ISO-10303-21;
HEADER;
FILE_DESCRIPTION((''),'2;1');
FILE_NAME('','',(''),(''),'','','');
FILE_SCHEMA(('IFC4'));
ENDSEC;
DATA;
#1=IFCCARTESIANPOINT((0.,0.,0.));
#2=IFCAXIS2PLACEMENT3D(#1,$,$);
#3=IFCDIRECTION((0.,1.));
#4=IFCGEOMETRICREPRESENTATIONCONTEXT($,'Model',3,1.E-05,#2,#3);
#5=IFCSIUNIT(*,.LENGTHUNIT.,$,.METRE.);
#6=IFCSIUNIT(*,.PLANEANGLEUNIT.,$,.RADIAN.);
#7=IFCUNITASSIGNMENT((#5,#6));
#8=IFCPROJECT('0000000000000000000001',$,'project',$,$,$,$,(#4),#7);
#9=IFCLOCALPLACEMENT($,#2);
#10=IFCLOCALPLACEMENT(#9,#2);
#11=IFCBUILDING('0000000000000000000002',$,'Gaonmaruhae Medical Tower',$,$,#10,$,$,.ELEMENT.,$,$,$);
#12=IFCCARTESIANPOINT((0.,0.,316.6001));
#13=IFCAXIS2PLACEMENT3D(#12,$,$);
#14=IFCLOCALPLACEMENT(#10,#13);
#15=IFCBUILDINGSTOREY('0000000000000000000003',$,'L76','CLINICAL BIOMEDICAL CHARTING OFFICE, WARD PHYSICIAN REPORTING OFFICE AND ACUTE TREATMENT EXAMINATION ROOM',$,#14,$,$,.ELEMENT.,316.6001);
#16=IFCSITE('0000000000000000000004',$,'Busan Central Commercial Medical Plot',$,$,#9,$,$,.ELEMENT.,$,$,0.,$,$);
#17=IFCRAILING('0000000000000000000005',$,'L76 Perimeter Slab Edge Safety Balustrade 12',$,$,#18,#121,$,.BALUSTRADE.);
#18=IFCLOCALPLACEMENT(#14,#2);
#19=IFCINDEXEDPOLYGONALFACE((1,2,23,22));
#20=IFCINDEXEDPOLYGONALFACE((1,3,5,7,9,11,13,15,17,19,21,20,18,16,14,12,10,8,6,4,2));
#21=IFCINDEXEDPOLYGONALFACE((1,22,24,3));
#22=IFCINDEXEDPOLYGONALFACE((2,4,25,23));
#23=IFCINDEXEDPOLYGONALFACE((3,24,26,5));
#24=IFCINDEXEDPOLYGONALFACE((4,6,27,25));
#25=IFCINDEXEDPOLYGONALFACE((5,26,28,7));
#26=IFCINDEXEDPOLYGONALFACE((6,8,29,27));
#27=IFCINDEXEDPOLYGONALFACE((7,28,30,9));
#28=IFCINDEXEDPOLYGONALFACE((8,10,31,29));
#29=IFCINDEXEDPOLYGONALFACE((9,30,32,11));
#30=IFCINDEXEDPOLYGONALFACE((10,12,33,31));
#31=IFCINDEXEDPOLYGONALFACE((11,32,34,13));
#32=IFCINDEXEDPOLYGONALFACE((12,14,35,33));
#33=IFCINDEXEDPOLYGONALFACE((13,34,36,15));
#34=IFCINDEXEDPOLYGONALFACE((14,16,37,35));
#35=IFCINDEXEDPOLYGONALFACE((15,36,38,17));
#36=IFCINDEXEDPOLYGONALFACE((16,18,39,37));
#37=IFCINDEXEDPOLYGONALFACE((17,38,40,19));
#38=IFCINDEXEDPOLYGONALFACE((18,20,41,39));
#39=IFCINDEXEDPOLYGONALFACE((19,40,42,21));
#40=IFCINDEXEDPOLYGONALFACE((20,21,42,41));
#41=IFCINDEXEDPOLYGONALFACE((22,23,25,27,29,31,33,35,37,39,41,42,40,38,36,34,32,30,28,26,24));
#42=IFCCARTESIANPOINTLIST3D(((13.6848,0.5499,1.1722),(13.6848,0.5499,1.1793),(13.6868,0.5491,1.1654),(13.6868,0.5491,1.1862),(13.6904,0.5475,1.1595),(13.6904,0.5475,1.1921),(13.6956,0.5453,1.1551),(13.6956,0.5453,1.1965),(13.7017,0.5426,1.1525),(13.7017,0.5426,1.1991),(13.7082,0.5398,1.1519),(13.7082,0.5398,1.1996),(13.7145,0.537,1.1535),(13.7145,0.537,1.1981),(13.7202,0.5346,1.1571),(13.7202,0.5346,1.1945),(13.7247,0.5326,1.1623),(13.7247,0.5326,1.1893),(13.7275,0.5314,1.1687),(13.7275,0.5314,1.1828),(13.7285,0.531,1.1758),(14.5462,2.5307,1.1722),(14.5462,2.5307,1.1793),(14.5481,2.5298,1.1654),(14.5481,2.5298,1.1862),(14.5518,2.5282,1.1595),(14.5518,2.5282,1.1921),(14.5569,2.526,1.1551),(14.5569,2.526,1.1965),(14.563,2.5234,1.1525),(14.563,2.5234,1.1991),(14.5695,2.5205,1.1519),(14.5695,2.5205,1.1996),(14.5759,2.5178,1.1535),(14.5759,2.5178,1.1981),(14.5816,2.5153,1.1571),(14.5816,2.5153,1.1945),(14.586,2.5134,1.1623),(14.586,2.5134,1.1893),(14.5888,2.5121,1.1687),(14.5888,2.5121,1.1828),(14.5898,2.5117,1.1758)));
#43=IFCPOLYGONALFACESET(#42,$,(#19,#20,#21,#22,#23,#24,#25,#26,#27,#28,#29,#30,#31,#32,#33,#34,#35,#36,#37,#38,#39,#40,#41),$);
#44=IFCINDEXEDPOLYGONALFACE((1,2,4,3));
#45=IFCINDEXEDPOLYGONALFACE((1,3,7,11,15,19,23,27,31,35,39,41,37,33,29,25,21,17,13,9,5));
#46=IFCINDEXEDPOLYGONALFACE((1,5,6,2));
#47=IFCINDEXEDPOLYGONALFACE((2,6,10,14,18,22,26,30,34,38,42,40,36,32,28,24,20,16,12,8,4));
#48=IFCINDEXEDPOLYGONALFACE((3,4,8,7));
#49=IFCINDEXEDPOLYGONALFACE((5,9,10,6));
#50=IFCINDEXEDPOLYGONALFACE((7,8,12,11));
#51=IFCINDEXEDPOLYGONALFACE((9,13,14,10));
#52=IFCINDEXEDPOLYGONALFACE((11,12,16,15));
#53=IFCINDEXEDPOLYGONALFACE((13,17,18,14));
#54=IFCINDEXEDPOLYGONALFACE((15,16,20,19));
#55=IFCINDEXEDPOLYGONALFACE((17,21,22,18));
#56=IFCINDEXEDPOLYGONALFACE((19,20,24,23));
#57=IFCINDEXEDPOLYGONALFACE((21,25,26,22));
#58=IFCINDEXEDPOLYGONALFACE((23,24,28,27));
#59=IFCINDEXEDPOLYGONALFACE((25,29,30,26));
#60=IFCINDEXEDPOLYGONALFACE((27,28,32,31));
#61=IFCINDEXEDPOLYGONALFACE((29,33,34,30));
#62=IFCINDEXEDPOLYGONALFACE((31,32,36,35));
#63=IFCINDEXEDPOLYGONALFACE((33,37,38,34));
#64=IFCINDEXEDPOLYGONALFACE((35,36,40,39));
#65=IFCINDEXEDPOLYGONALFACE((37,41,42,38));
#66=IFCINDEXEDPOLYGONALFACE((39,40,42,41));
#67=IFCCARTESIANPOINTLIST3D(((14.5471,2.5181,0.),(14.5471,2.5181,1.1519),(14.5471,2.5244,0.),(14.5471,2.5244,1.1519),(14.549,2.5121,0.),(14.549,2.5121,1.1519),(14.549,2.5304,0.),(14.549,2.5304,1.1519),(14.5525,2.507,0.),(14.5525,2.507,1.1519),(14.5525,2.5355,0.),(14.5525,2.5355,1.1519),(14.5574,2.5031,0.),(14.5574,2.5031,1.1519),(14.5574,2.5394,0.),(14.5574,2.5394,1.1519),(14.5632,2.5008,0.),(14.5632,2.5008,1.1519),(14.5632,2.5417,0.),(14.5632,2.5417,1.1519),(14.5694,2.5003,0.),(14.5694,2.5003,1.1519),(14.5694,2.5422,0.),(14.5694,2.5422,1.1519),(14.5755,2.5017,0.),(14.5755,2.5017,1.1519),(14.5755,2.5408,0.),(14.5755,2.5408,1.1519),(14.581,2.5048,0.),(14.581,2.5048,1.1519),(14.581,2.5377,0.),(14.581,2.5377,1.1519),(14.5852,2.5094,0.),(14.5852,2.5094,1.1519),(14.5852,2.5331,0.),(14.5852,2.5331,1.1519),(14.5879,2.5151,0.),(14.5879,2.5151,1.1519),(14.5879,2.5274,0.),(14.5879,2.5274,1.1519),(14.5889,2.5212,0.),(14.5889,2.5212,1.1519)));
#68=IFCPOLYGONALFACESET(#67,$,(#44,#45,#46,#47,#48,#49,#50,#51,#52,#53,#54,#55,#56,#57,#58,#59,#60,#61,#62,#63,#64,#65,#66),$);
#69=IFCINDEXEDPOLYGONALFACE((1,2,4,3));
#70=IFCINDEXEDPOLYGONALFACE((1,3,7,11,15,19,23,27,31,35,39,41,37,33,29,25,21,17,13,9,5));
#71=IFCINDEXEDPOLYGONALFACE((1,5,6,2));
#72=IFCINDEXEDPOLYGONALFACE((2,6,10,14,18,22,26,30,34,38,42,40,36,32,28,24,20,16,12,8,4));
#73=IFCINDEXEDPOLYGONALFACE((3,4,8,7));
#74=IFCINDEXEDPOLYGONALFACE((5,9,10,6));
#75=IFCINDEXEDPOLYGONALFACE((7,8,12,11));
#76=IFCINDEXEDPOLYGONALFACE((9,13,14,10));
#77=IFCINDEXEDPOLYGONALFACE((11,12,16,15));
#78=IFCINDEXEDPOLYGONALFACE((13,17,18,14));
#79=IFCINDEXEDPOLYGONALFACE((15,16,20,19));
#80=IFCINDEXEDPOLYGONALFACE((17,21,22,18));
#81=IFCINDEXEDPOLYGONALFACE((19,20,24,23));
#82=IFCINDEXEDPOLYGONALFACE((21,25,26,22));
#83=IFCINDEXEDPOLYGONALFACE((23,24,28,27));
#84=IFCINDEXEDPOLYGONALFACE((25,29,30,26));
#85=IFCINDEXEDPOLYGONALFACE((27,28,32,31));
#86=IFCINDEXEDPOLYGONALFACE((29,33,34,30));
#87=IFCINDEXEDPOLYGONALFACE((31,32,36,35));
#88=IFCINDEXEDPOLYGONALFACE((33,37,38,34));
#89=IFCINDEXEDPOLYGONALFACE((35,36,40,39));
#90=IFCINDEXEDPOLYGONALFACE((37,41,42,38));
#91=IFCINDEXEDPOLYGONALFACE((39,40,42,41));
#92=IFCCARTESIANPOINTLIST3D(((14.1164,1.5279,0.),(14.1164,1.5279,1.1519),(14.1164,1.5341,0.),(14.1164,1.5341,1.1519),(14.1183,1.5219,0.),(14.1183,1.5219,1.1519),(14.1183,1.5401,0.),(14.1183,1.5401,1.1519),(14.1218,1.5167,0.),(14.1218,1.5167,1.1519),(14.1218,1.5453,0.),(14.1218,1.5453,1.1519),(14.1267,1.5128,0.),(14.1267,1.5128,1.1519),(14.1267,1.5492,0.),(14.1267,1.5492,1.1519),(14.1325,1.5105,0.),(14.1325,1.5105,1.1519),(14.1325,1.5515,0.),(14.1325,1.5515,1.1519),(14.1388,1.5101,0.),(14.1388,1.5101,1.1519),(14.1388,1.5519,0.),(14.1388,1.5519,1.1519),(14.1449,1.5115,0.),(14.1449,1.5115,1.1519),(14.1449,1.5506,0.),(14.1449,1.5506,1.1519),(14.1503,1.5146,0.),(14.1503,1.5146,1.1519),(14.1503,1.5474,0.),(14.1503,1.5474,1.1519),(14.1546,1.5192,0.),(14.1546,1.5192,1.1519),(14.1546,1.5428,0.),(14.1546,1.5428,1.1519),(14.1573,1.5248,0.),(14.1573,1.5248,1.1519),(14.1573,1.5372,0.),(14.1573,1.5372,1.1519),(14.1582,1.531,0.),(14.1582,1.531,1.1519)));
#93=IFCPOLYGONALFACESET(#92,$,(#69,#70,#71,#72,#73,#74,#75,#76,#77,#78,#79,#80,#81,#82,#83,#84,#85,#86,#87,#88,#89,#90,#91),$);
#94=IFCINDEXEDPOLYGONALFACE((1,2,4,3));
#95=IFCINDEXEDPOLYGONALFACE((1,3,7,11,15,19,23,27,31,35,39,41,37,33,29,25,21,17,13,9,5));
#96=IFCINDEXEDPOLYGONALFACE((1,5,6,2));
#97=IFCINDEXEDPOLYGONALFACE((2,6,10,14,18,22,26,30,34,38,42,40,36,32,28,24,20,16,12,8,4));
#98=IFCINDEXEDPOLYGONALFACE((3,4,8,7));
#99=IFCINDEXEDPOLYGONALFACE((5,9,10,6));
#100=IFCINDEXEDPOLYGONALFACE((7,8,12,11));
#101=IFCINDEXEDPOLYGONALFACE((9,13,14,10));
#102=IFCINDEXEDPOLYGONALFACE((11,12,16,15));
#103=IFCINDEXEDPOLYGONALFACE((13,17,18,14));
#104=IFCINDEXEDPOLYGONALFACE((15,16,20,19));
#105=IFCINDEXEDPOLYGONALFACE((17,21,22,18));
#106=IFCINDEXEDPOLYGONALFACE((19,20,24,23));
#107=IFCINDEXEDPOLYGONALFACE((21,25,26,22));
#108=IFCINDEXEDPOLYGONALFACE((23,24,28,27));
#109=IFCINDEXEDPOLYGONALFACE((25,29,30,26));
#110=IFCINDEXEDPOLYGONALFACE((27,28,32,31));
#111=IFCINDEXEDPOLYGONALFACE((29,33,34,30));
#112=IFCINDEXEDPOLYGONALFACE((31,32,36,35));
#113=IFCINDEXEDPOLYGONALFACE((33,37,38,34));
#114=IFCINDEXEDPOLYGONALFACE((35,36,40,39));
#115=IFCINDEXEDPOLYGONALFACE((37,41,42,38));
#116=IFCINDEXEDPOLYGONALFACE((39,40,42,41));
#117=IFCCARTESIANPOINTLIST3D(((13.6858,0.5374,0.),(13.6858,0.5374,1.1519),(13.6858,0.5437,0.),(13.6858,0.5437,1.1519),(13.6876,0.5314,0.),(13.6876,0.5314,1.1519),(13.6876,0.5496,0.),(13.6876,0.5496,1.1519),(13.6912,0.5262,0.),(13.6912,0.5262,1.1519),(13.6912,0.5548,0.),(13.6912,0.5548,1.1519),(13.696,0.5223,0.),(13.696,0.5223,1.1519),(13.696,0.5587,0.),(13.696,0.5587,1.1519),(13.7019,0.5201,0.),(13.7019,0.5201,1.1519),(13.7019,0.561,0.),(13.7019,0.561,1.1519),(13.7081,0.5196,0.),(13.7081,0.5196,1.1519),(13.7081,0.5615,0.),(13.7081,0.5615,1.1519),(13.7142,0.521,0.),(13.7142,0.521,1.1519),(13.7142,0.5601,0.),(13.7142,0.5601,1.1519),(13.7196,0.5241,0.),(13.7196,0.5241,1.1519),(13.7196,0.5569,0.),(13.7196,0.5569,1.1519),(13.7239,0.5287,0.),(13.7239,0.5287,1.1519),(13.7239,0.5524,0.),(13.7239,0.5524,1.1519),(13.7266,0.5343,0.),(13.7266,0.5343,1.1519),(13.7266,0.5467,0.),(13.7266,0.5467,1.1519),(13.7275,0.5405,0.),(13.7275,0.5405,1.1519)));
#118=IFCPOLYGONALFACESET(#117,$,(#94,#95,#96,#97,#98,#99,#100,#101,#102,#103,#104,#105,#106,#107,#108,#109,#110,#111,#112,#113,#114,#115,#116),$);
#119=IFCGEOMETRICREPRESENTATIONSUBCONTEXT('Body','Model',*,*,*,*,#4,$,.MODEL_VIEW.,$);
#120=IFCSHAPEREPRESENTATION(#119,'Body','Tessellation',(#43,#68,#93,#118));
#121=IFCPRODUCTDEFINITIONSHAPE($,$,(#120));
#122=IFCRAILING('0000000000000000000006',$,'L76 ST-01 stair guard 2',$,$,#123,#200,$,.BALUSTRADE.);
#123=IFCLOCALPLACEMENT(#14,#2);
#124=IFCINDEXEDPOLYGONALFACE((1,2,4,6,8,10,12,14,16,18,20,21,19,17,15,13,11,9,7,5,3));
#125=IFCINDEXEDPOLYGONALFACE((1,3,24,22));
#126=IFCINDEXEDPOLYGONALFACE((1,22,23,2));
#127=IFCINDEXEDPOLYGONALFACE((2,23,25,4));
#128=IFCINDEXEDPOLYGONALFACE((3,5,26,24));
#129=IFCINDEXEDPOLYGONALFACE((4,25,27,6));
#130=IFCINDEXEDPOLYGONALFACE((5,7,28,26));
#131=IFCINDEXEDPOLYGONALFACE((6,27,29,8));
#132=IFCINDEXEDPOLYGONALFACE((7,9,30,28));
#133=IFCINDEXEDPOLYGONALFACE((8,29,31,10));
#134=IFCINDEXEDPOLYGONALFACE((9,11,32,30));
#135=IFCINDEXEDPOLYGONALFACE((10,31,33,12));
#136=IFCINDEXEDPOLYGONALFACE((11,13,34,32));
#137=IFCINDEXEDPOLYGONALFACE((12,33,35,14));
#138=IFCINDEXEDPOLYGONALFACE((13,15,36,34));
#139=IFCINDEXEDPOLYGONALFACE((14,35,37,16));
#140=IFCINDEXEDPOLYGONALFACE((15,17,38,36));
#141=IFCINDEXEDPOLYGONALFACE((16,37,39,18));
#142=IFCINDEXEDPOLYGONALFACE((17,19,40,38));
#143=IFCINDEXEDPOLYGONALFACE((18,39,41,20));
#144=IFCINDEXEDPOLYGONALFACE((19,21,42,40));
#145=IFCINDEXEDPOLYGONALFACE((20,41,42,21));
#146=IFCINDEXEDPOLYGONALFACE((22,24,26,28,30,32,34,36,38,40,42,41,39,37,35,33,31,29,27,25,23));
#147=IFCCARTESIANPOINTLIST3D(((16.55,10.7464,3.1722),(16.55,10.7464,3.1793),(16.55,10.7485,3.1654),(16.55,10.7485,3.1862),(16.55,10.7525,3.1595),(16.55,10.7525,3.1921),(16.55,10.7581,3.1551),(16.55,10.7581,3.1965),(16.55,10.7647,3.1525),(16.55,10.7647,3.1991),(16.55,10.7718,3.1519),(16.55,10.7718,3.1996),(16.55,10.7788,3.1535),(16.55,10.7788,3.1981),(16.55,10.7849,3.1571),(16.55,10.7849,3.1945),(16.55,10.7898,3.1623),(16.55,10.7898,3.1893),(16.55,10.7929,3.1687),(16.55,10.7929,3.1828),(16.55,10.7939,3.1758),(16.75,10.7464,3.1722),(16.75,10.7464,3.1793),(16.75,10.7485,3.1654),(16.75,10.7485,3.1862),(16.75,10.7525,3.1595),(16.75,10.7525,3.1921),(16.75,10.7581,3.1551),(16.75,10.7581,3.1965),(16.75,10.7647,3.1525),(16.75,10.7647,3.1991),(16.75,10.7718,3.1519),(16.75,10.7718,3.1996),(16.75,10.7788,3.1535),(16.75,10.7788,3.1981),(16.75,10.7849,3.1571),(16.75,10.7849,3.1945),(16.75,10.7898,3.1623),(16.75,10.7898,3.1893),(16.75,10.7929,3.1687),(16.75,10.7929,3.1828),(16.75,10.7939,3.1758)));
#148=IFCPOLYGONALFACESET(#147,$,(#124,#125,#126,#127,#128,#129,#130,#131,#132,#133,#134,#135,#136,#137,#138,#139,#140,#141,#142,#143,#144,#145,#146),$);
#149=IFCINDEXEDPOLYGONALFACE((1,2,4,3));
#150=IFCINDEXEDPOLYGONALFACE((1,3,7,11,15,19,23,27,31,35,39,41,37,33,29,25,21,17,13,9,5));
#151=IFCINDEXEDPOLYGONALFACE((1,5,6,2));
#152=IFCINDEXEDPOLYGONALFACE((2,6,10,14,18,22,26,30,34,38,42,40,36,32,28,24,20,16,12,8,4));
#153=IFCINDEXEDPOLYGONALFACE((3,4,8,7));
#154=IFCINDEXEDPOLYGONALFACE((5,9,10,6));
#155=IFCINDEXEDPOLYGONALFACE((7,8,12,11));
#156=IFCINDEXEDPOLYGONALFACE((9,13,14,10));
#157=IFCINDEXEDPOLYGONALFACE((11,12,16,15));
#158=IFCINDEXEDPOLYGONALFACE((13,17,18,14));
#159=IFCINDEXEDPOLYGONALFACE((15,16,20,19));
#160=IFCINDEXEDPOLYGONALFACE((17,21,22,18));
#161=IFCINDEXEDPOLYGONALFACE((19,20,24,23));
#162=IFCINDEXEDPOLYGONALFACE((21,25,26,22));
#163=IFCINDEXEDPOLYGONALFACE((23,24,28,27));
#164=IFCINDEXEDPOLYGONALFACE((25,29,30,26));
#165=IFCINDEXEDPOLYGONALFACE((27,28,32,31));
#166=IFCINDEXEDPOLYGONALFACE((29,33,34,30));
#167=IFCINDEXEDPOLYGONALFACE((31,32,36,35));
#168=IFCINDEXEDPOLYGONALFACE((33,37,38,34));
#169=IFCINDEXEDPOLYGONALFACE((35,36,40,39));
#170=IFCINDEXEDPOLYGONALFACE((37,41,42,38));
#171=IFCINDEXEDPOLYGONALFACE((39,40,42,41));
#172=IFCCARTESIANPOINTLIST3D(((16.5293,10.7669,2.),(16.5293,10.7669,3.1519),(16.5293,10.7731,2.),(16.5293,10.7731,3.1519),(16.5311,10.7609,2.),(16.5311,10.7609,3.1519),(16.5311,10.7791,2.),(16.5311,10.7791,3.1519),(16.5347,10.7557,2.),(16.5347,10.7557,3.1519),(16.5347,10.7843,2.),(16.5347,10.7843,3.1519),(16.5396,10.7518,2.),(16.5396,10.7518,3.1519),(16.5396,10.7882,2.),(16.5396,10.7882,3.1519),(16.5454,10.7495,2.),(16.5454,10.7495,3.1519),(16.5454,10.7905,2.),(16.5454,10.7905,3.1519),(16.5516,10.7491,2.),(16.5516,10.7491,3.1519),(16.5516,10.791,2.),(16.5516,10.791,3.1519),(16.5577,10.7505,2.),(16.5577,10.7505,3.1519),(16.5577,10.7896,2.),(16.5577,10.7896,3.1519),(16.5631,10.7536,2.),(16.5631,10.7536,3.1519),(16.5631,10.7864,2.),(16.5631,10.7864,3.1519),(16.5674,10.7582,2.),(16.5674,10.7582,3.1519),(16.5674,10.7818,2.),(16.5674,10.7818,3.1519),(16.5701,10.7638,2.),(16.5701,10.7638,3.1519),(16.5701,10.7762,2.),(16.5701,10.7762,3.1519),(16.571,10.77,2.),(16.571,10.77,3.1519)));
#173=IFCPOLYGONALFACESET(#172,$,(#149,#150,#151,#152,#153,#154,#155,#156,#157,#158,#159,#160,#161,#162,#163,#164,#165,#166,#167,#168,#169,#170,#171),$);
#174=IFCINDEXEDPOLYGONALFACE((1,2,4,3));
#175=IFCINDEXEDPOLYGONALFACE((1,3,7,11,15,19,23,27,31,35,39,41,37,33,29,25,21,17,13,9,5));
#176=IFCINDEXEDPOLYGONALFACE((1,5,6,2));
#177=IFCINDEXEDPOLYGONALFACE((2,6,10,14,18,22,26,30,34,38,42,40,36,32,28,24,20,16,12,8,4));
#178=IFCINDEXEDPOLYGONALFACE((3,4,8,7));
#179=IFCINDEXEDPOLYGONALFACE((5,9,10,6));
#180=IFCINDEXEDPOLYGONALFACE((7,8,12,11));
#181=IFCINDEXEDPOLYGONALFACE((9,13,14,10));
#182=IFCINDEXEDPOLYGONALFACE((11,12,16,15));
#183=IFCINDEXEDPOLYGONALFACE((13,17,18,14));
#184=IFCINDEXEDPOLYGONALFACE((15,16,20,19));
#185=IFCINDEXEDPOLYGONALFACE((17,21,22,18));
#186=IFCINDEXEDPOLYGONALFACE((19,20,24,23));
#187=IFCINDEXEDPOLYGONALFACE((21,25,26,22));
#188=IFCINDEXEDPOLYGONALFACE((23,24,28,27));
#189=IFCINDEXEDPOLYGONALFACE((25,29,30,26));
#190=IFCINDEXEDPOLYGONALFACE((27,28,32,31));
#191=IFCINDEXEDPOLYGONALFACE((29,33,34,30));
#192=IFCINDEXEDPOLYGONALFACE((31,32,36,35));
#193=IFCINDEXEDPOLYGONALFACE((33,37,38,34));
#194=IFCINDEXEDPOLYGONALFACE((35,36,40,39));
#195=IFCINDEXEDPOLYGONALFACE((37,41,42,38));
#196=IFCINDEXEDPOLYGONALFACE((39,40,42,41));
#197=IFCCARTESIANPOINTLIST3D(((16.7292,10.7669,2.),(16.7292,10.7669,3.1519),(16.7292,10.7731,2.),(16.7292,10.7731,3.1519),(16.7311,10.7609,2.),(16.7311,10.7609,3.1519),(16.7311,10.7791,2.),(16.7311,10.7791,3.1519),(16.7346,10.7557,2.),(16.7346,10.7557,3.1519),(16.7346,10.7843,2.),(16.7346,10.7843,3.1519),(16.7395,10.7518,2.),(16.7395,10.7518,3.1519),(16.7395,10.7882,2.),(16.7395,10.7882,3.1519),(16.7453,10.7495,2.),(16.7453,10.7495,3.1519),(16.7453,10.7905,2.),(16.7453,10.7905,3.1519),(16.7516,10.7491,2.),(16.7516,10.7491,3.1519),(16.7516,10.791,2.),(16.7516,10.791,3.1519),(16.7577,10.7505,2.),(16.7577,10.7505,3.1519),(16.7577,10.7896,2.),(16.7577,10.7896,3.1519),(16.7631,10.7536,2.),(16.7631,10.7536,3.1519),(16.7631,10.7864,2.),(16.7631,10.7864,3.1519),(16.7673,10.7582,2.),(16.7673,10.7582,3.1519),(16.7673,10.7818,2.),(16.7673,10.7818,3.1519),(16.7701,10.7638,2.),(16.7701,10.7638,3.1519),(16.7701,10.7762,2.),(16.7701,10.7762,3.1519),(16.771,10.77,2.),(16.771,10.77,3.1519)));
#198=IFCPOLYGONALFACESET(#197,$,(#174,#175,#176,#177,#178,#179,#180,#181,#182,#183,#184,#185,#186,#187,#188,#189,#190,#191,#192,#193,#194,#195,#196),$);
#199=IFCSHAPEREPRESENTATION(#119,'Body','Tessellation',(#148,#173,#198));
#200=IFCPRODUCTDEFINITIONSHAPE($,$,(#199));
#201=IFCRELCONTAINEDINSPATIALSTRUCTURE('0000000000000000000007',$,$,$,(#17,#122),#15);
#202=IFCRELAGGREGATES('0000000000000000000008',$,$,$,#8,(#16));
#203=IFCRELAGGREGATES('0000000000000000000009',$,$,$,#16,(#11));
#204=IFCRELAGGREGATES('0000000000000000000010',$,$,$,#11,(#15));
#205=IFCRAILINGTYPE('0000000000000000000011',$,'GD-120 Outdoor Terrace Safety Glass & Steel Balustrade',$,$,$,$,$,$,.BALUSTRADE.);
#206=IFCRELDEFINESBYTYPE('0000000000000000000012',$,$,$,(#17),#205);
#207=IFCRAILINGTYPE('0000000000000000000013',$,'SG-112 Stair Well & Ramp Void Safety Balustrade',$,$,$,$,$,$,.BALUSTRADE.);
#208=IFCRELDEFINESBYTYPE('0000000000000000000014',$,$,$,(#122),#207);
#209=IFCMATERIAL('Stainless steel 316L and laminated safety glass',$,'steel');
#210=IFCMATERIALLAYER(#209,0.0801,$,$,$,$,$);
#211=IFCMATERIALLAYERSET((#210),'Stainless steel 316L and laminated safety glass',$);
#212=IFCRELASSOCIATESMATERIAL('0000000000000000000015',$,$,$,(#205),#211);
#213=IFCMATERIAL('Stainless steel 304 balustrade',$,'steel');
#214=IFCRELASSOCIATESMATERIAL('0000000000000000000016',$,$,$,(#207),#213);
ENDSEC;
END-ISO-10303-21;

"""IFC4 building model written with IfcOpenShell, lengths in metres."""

from ifc_helpers import new_model, si_unit, direction, frame, origin, origin_2d, place, context, subcontext, project, spatial, circle, extrude, material, layer, layer_set, type_object, element, save


model = new_model("IFC4")

# Units and contexts
model_context = context("Model", 3, precision=1e-05, world=origin(), true_north=direction((0.0, 1.0)))
body_context = subcontext(model_context, "Body", "Model", "MODEL_VIEW")
ifc_project = project(units=[si_unit("LENGTHUNIT", "METRE"), si_unit("PLANEANGLEUNIT", "RADIAN")], contexts=[model_context])

# Site, building, storey
site_placement = place(None, origin())
site = spatial("IfcSite", under=ifc_project, at=site_placement, Name="Busan Central Commercial Medical Plot", CompositionType="ELEMENT", RefElevation=0.0)
building_placement = place(site_placement, origin())
building = spatial("IfcBuilding", under=site, at=building_placement, Name="Gaonmaruhae Medical Tower", CompositionType="ELEMENT")
storey_placement = place(building_placement, frame((0.0, 0.0, 316.6001)))
storey = spatial("IfcBuildingStorey", under=building, at=storey_placement, Name="L76", Description="CLINICAL BIOMEDICAL CHARTING OFFICE, WARD PHYSICIAN REPORTING OFFICE AND ACUTE TREATMENT EXAMINATION ROOM", CompositionType="ELEMENT", Elevation=316.6001)

# Railings
ifc_material_1 = material(Name="Stainless steel 316L and laminated safety glass", Category="steel")
ifc_layer_1 = layer(ifc_material_1, 0.0801)
ifc_layer_set_1 = layer_set([ifc_layer_1], Name="Stainless steel 316L and laminated safety glass")
railing_type_1 = type_object("IfcRailingType", Name="GD-120 Outdoor Terrace Safety Glass & Steel Balustrade", PredefinedType="BALUSTRADE", material=ifc_layer_set_1)
railing_1_placement = place(storey_placement, frame((14.5679, 2.5212, 0.0)))
element("IfcRailing", 1, at=railing_1_placement, inside=storey, type_object=railing_type_1, Name="L76 Perimeter Slab Edge Safety Balustrade 12", PredefinedType="BALUSTRADE", context=body_context, shape_type="SweptSolid", body=[
    extrude(circle(Radius=0.0239, at=origin_2d()), frame((0.0, 0.0, 1.1758), z_axis=(-0.398784, -0.917045, 0.0), x_axis=(0.917045, -0.398784, 0.0)), (0.0, 0.0, 1.0), 2.1599),
    extrude(circle(Radius=0.021, at=origin_2d()), origin(), (0.0, 0.0, 1.0), 1.1519),
    extrude(circle(Radius=0.021, at=origin_2d()), frame((-0.4307, -0.9902, 0.0)), (0.0, 0.0, 1.0), 1.1519),
    extrude(circle(Radius=0.021, at=origin_2d()), frame((-0.8613, -1.9807, 0.0)), (0.0, 0.0, 1.0), 1.1519),
])
ifc_material_2 = material(Name="Stainless steel 304 balustrade", Category="steel")
railing_type_2 = type_object("IfcRailingType", Name="SG-112 Stair Well & Ramp Void Safety Balustrade", PredefinedType="BALUSTRADE", material=ifc_material_2)
railing_2_placement = place(storey_placement, frame((16.55, 10.77, 2.0)))
element("IfcRailing", 2, at=railing_2_placement, inside=storey, type_object=railing_type_2, Name="L76 ST-01 stair guard 2", PredefinedType="BALUSTRADE", context=body_context, shape_type="SweptSolid", body=[
    extrude(circle(Radius=0.0239, at=origin_2d()), frame((0.0, 0.0, 1.1758), z_axis=(1.0, 0.0, 0.0), x_axis=(0.0, 1.0, 0.0)), (0.0, 0.0, 1.0), 0.2),
    extrude(circle(Radius=0.021, at=origin_2d()), origin(), (0.0, 0.0, 1.0), 1.1519),
    extrude(circle(Radius=0.021, at=origin_2d()), frame((0.2, 0.0, 0.0)), (0.0, 0.0, 1.0), 1.1519),
])

save(model, "model.ifc")
